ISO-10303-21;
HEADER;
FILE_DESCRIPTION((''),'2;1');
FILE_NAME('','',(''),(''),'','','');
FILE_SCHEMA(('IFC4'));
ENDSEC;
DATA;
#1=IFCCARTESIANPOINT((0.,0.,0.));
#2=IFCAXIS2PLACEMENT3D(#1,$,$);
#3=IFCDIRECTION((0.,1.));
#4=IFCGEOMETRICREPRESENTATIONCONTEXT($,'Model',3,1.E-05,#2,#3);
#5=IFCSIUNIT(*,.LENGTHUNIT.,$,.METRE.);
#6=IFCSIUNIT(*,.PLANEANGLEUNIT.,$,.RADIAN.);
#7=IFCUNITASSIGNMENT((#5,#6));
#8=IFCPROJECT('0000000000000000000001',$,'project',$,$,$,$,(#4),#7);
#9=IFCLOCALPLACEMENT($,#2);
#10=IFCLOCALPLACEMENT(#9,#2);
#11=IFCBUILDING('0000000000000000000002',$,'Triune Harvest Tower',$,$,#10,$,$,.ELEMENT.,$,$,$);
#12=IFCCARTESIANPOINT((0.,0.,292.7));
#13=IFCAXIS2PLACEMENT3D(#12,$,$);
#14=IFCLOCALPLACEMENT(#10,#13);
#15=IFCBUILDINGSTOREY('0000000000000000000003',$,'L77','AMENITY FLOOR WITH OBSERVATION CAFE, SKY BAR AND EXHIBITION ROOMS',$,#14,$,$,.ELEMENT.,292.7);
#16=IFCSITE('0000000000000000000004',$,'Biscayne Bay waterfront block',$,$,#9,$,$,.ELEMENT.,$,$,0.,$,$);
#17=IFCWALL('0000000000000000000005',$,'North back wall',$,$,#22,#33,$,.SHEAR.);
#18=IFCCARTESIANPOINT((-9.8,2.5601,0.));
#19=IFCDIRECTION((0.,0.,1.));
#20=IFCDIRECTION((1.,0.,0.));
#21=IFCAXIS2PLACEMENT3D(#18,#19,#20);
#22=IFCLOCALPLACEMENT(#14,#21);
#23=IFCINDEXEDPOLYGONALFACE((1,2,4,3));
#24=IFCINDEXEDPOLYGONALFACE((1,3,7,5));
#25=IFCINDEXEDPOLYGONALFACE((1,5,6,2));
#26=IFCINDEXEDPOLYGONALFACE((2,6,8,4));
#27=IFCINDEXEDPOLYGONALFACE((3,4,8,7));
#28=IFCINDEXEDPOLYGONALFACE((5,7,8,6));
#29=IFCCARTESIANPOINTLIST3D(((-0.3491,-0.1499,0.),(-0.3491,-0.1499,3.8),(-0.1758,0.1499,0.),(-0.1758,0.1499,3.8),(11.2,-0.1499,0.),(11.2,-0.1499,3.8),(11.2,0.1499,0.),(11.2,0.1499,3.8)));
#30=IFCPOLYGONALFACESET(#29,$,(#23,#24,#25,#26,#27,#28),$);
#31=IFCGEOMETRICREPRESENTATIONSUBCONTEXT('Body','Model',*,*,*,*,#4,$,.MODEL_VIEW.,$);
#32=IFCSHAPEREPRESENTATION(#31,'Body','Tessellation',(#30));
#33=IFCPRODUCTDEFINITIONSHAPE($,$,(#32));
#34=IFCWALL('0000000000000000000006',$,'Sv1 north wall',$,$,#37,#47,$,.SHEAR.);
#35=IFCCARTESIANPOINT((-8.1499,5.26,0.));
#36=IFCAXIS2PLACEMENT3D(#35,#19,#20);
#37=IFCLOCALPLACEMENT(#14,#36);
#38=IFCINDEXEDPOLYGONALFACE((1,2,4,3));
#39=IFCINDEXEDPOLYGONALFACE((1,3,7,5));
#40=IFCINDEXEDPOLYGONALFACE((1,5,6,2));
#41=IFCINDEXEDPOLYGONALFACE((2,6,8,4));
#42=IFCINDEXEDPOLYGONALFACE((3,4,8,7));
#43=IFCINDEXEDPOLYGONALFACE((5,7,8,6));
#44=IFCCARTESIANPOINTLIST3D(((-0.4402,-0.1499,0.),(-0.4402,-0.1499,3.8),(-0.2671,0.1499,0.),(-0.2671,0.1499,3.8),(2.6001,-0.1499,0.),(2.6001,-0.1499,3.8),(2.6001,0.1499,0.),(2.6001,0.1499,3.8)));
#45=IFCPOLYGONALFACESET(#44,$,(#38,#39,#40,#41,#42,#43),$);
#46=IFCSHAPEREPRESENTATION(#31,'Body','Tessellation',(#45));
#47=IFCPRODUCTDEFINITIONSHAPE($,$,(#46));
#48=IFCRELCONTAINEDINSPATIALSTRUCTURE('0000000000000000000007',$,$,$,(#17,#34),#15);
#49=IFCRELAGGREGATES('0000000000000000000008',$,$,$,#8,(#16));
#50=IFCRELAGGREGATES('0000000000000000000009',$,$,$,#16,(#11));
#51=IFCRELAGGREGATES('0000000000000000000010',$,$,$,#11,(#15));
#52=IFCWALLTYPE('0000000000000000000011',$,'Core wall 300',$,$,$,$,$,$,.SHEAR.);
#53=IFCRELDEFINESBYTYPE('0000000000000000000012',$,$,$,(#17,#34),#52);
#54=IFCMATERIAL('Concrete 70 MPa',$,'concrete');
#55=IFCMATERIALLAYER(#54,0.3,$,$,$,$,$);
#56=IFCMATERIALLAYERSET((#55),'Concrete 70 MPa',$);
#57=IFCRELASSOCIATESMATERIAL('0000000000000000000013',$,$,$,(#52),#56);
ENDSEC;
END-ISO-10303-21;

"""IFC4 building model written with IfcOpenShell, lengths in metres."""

from ifc_helpers import new_model, si_unit, direction, frame, origin, place, context, subcontext, project, spatial, polyline, outline, extrude, material, layer, layer_set, type_object, element, save


model = new_model("IFC4")

# Units and contexts
model_context = context("Model", 3, precision=1e-05, world=origin(), true_north=direction((0.0, 1.0)))
body_context = subcontext(model_context, "Body", "Model", "MODEL_VIEW")
ifc_project = project(units=[si_unit("LENGTHUNIT", "METRE"), si_unit("PLANEANGLEUNIT", "RADIAN")], contexts=[model_context])

# Site, building, storey
site_placement = place(None, origin())
site = spatial("IfcSite", under=ifc_project, at=site_placement, Name="Biscayne Bay waterfront block", CompositionType="ELEMENT", RefElevation=0.0)
building_placement = place(site_placement, origin())
building = spatial("IfcBuilding", under=site, at=building_placement, Name="Triune Harvest Tower", CompositionType="ELEMENT")
storey_placement = place(building_placement, frame((0.0, 0.0, 292.7)))
storey = spatial("IfcBuildingStorey", under=building, at=storey_placement, Name="L77", Description="AMENITY FLOOR WITH OBSERVATION CAFE, SKY BAR AND EXHIBITION ROOMS", CompositionType="ELEMENT", Elevation=292.7)

# Shared definitions
ifc_material_1 = material(Name="Concrete 70 MPa", Category="concrete")
ifc_layer_1 = layer(ifc_material_1, 0.3)
ifc_layer_set_1 = layer_set([ifc_layer_1], Name="Concrete 70 MPa")
wall_type_1 = type_object("IfcWallType", Name="Core wall 300", PredefinedType="SHEAR", material=ifc_layer_set_1)

# Walls
wall_1_placement = place(storey_placement, frame((-9.8, 2.5601, 0.0), z_axis=(0.0, 0.0, 1.0), x_axis=(1.0, 0.0, 0.0)))
element("IfcWall", 1, at=wall_1_placement, inside=storey, type_object=wall_type_1, Name="North back wall", PredefinedType="SHEAR", context=body_context, shape_type="SweptSolid", body=[
    extrude(outline(polyline([(11.2, -0.1499), (-0.3491, -0.1499), (-0.1758, 0.1499), (11.2, 0.1499), (11.2, -0.1499)])), origin(), (0.0, 0.0, 1.0), 3.8),
])
wall_2_placement = place(storey_placement, frame((-8.1499, 5.26, 0.0), z_axis=(0.0, 0.0, 1.0), x_axis=(1.0, 0.0, 0.0)))
element("IfcWall", 2, at=wall_2_placement, inside=storey, type_object=wall_type_1, Name="Sv1 north wall", PredefinedType="SHEAR", context=body_context, shape_type="SweptSolid", body=[
    extrude(outline(polyline([(2.6001, -0.1499), (-0.4402, -0.1499), (-0.2671, 0.1499), (2.6001, 0.1499), (2.6001, -0.1499)])), origin(), (0.0, 0.0, 1.0), 3.8),
])

save(model, "model.ifc")
